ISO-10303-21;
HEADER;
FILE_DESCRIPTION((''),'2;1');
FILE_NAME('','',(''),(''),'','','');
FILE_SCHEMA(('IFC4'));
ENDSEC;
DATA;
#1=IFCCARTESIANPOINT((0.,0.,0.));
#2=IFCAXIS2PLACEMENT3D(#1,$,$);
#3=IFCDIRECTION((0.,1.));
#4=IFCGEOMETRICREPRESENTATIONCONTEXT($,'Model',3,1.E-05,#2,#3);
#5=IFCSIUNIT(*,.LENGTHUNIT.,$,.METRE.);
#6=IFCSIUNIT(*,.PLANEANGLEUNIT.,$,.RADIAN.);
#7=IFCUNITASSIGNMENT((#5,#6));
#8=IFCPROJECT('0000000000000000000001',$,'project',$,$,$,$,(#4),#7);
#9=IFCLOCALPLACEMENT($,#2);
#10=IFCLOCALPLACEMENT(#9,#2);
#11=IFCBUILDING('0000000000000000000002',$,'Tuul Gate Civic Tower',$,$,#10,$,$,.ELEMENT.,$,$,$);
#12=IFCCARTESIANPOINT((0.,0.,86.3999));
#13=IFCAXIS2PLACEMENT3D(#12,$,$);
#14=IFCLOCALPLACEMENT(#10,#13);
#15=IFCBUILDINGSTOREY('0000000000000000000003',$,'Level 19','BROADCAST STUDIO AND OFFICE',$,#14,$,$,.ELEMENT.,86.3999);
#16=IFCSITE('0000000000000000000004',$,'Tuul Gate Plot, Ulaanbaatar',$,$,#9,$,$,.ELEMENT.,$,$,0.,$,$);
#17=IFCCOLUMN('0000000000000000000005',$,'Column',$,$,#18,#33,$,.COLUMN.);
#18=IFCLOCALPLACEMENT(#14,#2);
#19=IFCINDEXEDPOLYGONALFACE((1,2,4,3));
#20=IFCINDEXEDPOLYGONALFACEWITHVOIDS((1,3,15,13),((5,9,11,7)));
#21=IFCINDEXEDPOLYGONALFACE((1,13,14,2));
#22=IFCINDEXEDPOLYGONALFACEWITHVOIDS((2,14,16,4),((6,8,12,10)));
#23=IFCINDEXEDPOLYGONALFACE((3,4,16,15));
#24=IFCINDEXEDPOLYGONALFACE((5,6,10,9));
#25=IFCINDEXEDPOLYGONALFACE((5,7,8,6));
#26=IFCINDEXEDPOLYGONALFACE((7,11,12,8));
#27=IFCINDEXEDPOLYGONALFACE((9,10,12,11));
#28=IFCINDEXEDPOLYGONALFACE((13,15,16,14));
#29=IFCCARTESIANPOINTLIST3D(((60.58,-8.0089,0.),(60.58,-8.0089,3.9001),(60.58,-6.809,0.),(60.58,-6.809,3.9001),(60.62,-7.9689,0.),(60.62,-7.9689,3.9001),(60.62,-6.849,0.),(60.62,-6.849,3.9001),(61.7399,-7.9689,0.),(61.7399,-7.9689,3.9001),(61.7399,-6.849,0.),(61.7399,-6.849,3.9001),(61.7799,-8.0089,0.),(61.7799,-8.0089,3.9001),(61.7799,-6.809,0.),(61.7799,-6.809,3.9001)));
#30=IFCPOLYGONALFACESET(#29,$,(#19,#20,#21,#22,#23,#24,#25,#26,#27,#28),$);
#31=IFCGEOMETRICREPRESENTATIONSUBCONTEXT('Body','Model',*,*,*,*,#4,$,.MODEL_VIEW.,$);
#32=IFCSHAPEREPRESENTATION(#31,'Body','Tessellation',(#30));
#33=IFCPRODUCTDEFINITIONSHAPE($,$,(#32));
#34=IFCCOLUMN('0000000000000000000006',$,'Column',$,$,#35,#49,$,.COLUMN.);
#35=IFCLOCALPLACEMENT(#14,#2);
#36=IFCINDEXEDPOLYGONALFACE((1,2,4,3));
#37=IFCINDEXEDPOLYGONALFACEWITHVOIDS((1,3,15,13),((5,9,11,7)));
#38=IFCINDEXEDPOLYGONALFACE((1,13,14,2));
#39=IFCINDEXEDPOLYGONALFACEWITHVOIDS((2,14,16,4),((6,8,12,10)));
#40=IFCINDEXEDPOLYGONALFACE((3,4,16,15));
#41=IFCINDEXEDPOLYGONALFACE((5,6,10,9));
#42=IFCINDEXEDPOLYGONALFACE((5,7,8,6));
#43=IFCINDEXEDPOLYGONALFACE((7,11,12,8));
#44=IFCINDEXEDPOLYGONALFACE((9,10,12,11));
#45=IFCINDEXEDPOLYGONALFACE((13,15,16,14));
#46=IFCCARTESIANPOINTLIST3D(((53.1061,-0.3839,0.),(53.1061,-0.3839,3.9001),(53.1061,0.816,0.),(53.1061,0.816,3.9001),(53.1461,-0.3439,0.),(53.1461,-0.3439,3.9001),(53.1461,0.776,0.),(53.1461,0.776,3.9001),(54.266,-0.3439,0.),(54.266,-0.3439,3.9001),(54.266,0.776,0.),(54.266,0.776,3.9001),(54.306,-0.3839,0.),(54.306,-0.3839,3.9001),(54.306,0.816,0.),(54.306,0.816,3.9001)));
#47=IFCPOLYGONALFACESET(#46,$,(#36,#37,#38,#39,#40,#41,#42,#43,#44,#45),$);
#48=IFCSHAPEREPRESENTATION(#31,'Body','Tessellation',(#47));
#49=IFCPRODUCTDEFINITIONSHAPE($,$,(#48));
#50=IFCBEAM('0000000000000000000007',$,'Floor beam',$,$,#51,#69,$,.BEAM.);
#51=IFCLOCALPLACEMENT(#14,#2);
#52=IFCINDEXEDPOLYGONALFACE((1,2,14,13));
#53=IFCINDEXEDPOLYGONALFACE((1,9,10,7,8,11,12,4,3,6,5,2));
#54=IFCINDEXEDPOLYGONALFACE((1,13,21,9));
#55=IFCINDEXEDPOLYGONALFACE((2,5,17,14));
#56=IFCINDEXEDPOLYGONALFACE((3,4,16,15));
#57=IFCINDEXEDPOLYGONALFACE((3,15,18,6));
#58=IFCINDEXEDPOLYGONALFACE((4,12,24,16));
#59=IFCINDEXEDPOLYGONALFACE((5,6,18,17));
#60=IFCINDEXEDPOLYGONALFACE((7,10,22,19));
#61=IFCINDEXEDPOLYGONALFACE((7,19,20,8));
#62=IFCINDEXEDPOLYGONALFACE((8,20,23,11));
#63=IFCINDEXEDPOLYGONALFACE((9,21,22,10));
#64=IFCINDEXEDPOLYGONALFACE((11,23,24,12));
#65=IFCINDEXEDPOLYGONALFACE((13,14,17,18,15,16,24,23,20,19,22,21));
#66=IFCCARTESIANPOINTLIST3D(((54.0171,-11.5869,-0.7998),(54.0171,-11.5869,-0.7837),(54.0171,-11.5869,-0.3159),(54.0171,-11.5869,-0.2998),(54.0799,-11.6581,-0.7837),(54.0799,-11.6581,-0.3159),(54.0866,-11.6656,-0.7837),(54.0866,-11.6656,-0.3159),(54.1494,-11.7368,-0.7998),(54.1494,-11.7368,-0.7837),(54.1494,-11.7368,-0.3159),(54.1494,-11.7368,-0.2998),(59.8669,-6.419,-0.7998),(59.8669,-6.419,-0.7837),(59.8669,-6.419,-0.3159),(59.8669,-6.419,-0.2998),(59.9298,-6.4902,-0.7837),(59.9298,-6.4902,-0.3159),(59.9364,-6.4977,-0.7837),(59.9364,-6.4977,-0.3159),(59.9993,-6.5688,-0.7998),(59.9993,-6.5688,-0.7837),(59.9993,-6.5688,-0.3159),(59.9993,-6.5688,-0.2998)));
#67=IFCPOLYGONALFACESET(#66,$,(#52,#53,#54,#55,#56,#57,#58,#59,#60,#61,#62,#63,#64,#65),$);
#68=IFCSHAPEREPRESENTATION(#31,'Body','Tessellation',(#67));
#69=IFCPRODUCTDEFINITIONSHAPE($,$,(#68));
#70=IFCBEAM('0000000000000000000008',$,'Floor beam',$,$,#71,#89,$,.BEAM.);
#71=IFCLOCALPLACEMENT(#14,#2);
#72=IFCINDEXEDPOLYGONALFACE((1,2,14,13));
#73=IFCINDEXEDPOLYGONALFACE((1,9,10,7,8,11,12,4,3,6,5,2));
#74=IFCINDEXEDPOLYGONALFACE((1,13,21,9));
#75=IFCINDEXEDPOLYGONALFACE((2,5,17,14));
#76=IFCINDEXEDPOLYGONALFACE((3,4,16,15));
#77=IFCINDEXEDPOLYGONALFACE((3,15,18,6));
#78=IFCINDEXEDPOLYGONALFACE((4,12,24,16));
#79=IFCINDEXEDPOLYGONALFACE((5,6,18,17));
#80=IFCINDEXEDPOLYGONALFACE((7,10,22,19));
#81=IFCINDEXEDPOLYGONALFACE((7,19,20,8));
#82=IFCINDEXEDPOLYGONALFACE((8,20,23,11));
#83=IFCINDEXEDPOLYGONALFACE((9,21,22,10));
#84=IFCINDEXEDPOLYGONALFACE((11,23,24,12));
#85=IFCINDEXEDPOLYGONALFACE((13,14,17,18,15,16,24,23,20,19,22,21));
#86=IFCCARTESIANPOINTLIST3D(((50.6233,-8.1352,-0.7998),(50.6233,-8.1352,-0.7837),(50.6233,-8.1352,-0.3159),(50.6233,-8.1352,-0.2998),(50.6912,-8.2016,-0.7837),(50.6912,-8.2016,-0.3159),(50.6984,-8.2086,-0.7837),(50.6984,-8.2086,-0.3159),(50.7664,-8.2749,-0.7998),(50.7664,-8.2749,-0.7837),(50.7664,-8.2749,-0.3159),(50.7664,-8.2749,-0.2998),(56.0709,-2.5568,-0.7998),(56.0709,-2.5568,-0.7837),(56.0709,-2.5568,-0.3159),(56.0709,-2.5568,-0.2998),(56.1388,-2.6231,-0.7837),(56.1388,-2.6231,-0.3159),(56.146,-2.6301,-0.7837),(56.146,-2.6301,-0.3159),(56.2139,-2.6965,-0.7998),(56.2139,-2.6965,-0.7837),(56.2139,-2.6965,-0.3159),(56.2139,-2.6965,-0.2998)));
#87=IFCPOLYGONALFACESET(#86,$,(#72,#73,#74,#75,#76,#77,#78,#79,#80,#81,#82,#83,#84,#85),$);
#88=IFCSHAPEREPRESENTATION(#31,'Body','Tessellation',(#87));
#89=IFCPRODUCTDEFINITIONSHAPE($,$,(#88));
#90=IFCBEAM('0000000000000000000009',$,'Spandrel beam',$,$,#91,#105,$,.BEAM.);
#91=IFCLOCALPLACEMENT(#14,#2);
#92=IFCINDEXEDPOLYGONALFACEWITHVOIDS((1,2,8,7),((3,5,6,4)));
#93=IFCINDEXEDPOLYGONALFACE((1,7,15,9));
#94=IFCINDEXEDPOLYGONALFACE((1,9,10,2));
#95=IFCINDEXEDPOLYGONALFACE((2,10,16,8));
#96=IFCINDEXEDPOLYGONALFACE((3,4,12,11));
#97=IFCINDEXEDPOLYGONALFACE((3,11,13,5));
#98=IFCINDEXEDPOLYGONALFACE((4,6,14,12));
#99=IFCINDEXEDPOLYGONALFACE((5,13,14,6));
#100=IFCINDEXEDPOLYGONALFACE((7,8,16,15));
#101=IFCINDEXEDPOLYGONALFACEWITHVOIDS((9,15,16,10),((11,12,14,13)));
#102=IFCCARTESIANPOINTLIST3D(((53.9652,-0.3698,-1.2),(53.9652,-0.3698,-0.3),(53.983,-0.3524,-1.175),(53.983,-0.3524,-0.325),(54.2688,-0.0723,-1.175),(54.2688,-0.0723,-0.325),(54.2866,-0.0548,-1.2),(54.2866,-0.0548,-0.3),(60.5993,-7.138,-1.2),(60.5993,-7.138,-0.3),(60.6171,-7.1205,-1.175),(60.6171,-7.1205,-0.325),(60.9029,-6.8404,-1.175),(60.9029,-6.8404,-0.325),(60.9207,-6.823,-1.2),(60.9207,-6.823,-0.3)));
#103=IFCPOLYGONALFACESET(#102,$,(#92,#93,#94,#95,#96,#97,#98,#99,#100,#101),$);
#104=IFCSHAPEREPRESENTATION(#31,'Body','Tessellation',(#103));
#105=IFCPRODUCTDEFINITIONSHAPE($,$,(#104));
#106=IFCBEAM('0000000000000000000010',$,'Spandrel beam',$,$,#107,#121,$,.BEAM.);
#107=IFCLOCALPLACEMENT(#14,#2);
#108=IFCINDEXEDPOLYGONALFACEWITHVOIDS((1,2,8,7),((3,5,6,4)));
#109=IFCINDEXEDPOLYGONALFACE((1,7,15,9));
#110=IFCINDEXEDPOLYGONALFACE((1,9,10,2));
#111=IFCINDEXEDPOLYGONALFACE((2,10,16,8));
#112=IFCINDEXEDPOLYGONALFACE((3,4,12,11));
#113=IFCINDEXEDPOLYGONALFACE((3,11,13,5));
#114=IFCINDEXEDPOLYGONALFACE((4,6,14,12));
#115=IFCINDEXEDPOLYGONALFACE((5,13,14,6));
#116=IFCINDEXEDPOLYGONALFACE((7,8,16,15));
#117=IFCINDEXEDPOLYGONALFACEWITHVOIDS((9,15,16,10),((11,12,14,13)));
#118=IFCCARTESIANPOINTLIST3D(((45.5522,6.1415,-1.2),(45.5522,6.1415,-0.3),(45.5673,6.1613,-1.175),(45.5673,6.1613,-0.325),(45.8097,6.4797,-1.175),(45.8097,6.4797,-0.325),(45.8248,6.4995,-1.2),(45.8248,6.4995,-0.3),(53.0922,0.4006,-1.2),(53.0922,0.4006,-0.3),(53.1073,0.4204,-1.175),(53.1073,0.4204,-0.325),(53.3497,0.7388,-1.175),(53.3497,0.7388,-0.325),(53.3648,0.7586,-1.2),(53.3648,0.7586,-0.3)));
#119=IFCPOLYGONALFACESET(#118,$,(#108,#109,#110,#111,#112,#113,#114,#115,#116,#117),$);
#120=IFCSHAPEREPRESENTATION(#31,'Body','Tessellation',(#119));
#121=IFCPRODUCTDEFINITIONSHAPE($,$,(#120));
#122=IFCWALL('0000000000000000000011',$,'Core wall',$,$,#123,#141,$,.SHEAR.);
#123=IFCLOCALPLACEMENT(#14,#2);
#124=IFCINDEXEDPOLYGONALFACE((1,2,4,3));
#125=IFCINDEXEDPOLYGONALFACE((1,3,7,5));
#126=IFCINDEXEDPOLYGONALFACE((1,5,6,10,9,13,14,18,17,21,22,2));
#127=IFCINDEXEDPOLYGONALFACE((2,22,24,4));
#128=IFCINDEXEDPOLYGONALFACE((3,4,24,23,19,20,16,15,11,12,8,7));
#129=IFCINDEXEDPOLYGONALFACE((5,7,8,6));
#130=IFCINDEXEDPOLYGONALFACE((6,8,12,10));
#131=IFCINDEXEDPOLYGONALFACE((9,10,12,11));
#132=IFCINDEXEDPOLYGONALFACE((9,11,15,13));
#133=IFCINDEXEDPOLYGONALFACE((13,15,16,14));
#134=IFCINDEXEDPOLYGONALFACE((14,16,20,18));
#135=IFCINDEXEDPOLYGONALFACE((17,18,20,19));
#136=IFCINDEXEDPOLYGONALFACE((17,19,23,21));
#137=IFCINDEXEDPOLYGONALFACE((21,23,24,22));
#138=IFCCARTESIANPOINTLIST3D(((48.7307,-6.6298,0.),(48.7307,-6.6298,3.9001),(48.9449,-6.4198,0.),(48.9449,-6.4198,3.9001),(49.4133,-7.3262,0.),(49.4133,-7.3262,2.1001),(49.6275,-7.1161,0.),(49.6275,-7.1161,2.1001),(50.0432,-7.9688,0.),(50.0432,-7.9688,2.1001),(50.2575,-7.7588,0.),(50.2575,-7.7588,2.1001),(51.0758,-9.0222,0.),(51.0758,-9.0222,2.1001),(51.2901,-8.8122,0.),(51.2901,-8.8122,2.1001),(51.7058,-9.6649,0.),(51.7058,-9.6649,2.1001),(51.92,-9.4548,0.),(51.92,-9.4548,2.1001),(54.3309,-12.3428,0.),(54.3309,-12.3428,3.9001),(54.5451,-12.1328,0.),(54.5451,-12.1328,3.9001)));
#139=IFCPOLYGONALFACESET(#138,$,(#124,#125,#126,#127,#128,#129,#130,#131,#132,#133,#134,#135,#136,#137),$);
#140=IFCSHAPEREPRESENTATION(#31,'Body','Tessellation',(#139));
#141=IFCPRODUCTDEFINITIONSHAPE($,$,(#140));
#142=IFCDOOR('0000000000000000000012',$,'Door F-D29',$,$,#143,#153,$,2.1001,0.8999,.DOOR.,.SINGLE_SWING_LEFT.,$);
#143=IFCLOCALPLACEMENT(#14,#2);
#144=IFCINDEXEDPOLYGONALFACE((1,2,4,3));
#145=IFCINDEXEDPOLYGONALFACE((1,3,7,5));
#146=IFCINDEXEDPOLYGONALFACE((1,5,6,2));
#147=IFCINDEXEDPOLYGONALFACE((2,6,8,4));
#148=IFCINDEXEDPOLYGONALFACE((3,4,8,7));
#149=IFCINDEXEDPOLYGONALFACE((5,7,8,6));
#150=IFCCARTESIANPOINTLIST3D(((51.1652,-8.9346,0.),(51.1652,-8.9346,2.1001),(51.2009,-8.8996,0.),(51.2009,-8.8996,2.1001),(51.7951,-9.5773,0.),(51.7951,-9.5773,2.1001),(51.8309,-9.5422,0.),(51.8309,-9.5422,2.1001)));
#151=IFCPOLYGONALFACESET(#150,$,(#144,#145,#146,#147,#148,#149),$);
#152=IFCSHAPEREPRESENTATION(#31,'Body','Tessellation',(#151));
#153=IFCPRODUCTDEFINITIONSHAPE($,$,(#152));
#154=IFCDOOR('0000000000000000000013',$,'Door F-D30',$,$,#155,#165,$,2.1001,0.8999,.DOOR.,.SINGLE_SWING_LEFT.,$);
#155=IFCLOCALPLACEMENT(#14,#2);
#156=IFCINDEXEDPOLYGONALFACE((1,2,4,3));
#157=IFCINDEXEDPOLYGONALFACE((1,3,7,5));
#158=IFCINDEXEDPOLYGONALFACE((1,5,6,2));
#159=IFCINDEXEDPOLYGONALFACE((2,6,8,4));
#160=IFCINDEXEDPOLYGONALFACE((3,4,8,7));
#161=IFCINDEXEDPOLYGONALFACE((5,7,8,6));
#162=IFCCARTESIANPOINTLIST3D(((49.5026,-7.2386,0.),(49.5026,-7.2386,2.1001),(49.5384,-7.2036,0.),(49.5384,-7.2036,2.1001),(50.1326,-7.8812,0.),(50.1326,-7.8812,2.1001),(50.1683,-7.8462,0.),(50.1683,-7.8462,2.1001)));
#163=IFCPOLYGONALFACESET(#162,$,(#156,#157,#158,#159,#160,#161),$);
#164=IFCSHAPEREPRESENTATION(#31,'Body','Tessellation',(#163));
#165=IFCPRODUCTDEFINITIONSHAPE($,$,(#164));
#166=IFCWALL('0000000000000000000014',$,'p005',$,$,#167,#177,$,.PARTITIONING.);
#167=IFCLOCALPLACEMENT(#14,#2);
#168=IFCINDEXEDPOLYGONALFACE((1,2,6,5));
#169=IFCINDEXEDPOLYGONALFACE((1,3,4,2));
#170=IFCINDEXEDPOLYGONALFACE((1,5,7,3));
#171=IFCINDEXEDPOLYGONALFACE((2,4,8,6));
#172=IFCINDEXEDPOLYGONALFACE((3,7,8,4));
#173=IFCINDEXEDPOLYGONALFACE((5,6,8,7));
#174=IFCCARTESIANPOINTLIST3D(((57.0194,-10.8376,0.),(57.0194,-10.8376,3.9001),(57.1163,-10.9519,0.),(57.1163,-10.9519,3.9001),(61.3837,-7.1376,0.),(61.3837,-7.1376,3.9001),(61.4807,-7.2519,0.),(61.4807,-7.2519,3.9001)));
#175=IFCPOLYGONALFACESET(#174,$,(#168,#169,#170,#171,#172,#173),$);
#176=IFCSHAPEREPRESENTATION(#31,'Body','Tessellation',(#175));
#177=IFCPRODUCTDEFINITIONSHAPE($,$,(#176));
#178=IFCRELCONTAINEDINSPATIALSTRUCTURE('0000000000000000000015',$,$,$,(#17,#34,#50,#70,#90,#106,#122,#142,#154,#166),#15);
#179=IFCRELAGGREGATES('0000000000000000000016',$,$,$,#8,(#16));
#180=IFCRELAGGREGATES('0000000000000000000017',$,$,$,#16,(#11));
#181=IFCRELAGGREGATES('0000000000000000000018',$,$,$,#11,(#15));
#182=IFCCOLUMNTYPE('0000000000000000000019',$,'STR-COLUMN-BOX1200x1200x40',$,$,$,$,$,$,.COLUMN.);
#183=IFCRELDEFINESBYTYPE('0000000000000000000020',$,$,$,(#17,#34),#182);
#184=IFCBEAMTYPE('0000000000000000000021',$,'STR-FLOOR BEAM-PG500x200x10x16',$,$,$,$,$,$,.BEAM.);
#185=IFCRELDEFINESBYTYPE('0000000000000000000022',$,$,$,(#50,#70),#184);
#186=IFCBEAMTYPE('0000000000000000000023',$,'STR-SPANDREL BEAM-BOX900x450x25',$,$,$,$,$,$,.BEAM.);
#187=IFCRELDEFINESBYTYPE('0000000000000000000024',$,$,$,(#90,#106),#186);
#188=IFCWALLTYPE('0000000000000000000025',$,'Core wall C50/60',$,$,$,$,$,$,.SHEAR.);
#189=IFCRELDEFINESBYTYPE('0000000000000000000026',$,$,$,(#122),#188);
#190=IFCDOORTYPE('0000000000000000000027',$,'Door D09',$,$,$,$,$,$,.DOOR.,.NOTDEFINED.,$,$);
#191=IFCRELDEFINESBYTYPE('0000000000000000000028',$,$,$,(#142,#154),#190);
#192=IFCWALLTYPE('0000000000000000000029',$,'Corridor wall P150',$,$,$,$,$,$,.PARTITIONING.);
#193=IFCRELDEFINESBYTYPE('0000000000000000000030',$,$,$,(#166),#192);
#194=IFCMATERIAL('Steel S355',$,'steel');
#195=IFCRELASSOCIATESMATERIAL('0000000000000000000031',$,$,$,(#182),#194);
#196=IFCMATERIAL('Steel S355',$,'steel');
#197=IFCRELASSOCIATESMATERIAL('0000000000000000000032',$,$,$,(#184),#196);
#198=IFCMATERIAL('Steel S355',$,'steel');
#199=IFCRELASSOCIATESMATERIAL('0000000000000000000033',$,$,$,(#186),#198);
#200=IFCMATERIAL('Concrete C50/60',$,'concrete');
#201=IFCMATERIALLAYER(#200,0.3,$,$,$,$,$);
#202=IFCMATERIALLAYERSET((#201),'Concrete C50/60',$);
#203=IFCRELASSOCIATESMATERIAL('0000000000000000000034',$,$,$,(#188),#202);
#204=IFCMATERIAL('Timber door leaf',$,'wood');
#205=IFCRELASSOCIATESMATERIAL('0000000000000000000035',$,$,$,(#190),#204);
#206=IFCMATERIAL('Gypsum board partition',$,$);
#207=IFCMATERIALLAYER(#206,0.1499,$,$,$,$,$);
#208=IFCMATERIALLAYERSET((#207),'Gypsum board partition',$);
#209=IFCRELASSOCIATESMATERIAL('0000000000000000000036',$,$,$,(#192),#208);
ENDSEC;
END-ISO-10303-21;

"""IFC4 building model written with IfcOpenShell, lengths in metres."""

from ifc_helpers import new_model, si_unit, direction, frame, frame_2d, origin, origin_2d, place, context, subcontext, project, spatial, rectangle, hollow_rectangle, i_section, extrude, material, layer, layer_set, material_profile, profile_set, type_object, element, fill, save


model = new_model("IFC4")

# Units and contexts
model_context = context("Model", 3, precision=1e-05, world=origin(), true_north=direction((0.0, 1.0)))
body_context = subcontext(model_context, "Body", "Model", "MODEL_VIEW")
ifc_project = project(units=[si_unit("LENGTHUNIT", "METRE"), si_unit("PLANEANGLEUNIT", "RADIAN")], contexts=[model_context])

# Site, building, storey
site_placement = place(None, origin())
site = spatial("IfcSite", under=ifc_project, at=site_placement, Name="Tuul Gate Plot, Ulaanbaatar", CompositionType="ELEMENT", RefElevation=0.0)
building_placement = place(site_placement, origin())
building = spatial("IfcBuilding", under=site, at=building_placement, Name="Tuul Gate Civic Tower", CompositionType="ELEMENT")
storey_placement = place(building_placement, frame((0.0, 0.0, 86.3999)))
storey = spatial("IfcBuildingStorey", under=building, at=storey_placement, Name="Level 19", Description="BROADCAST STUDIO AND OFFICE", CompositionType="ELEMENT", Elevation=86.3999)

# Columns
ifc_material_1 = material(Name="Steel S355", Category="steel")
ifc_material_profile_1 = material_profile(ifc_material_1, hollow_rectangle(XDim=1.2, YDim=1.2, WallThickness=0.04, at=origin_2d()), Name="BOX1200x1200x40")
ifc_profile_set_1 = profile_set([ifc_material_profile_1], Name="Steel S355")
column_type = type_object("IfcColumnType", Name="STR-COLUMN-BOX1200x1200x40", PredefinedType="COLUMN", material=ifc_profile_set_1)
for number, where, z_axis, x_axis, name in (
    (1, (61.1799, -7.4089, 0.0), (0.0, 0.0, 1.0), (1.0, 0.0, 0.0), "Column"),
    (2, (53.7061, 0.2161, 0.0), (0.0, 0.0, 1.0), (1.0, 0.0, 0.0), "Column"),
):
    element("IfcColumn", number, at=place(storey_placement, frame(where, z_axis=z_axis, x_axis=x_axis)), inside=storey, type_object=column_type, Name=name, PredefinedType="COLUMN", context=body_context, shape_type="SweptSolid", body=[
        extrude(hollow_rectangle(XDim=1.2, YDim=1.2, WallThickness=0.04, at=origin_2d()), origin(), (0.0, 0.0, 1.0), 3.9001),
    ])

# Beams
ifc_material_2 = material(Name="Steel S355", Category="steel")
ifc_material_profile_2 = material_profile(ifc_material_2, i_section(OverallWidth=0.2, OverallDepth=0.5, WebThickness=0.01, FlangeThickness=0.0161, at=origin_2d()), Name="PG500x200x10x16")
ifc_profile_set_2 = profile_set([ifc_material_profile_2], Name="Steel S355")
beam_type_1 = type_object("IfcBeamType", Name="STR-FLOOR BEAM-PG500x200x10x16", PredefinedType="BEAM", material=ifc_profile_set_2)
beam_1_placement = place(storey_placement, frame((54.0833, -11.6619, -0.5498), z_axis=(0.749435, 0.662078, 0.0), x_axis=(-0.662078, 0.749435, 0.0)))
element("IfcBeam", 3, at=beam_1_placement, inside=storey, type_object=beam_type_1, Name="Floor beam", PredefinedType="BEAM", context=body_context, shape_type="SweptSolid", body=[
    extrude(i_section(OverallWidth=0.2, OverallDepth=0.5, WebThickness=0.01, FlangeThickness=0.0161, at=origin_2d()), origin(), (0.0, 0.0, 1.0), 7.8057),
])
beam_2_placement = place(storey_placement, frame((50.6948, -8.2051, -0.5498), z_axis=(0.698665, 0.715449, 0.0), x_axis=(-0.715449, 0.698665, 0.0)))
element("IfcBeam", 4, at=beam_2_placement, inside=storey, type_object=beam_type_1, Name="Floor beam", PredefinedType="BEAM", context=body_context, shape_type="SweptSolid", body=[
    extrude(i_section(OverallWidth=0.2, OverallDepth=0.5, WebThickness=0.01, FlangeThickness=0.0161, at=origin_2d()), origin(), (0.0, 0.0, 1.0), 7.7971),
])
ifc_material_3 = material(Name="Steel S355", Category="steel")
ifc_material_profile_3 = material_profile(ifc_material_3, hollow_rectangle(XDim=0.45, YDim=0.8999, WallThickness=0.0249, at=origin_2d()), Name="BOX900x450x25")
ifc_profile_set_3 = profile_set([ifc_material_profile_3], Name="Steel S355")
beam_type_2 = type_object("IfcBeamType", Name="STR-SPANDREL BEAM-BOX900x450x25", PredefinedType="BEAM", material=ifc_profile_set_3)
beam_3_placement = place(storey_placement, frame((60.76, -6.9805, -0.75), z_axis=(-0.7, 0.714143, 0.0), x_axis=(-0.714143, -0.7, 0.0)))
element("IfcBeam", 5, at=beam_3_placement, inside=storey, type_object=beam_type_2, Name="Spandrel beam", PredefinedType="BEAM", context=body_context, shape_type="SweptSolid", body=[
    extrude(hollow_rectangle(XDim=0.45, YDim=0.8999, WallThickness=0.0249, at=origin_2d()), origin(), (0.0, 0.0, 1.0), 9.4773),
])
beam_4_placement = place(storey_placement, frame((53.2285, 0.5796, -0.75), z_axis=(-0.795626, 0.605788, 0.0), x_axis=(-0.605788, -0.795626, 0.0)))
element("IfcBeam", 6, at=beam_4_placement, inside=storey, type_object=beam_type_2, Name="Spandrel beam", PredefinedType="BEAM", context=body_context, shape_type="SweptSolid", body=[
    extrude(hollow_rectangle(XDim=0.45, YDim=0.8999, WallThickness=0.0249, at=origin_2d()), origin(), (0.0, 0.0, 1.0), 9.4768),
])

# Wall, openings, doors
ifc_material_4 = material(Name="Concrete C50/60", Category="concrete")
ifc_layer_1 = layer(ifc_material_4, 0.3)
ifc_layer_set_1 = layer_set([ifc_layer_1], Name="Concrete C50/60")
wall_type_1 = type_object("IfcWallType", Name="Core wall C50/60", PredefinedType="SHEAR", material=ifc_layer_set_1)
wall_1_placement = place(storey_placement, frame((54.438, -12.2378, 0.0), z_axis=(0.0, 0.0, 1.0), x_axis=(-0.700022, 0.714121, 0.0)))
wall_1 = element("IfcWall", 7, at=wall_1_placement, inside=storey, type_object=wall_type_1, Name="Core wall", PredefinedType="SHEAR", context=body_context, shape_type="SweptSolid", body=[
    extrude(rectangle(XDim=8.0, YDim=0.3, at=frame_2d((4.0, 0.0))), origin(), (0.0, 0.0, 1.0), 3.9001),
])
opening_1_placement = place(wall_1_placement, frame((3.75, 0.0, 0.0)))
opening_1 = element("IfcOpeningElement", 8, at=opening_1_placement, cuts=wall_1, PredefinedType="OPENING", context=body_context, shape_type="SweptSolid", body=[
    extrude(rectangle(XDim=0.8999, YDim=2.1001, at=frame_2d((0.45, 1.05))), frame((0.0, 0.1602, 0.0), z_axis=(0.0, -1.0, 0.0), x_axis=(1.0, 0.0, 0.0)), (0.0, 0.0, 1.0), 0.3201),
])
opening_2_placement = place(wall_1_placement, frame((6.125, 0.0, 0.0)))
opening_2 = element("IfcOpeningElement", 9, at=opening_2_placement, cuts=wall_1, PredefinedType="OPENING", context=body_context, shape_type="SweptSolid", body=[
    extrude(rectangle(XDim=0.8999, YDim=2.1001, at=frame_2d((0.45, 1.05))), frame((0.0, 0.1602, 0.0), z_axis=(0.0, -1.0, 0.0), x_axis=(1.0, 0.0, 0.0)), (0.0, 0.0, 1.0), 0.3201),
])
ifc_material_5 = material(Name="Timber door leaf", Category="wood")
door_type_1 = type_object("IfcDoorType", Name="Door D09", OperationType="NOTDEFINED", PredefinedType="DOOR", material=ifc_material_5)
door_1_placement = place(opening_1_placement, origin())
door_1 = element("IfcDoor", 10, at=door_1_placement, inside=storey, type_object=door_type_1, Name="Door F-D29", OperationType="SINGLE_SWING_LEFT", OverallHeight=2.1001, OverallWidth=0.8999, PredefinedType="DOOR", context=body_context, shape_type="SweptSolid", body=[
    extrude(rectangle(XDim=0.8999, YDim=2.1001, at=frame_2d((0.45, 1.05))), frame((0.0, 0.0249, 0.0), z_axis=(0.0, -1.0, 0.0), x_axis=(1.0, 0.0, 0.0)), (0.0, 0.0, 1.0), 0.05),
])
fill(opening_1, door_1)
door_2_placement = place(opening_2_placement, origin())
door_2 = element("IfcDoor", 11, at=door_2_placement, inside=storey, type_object=door_type_1, Name="Door F-D30", OperationType="SINGLE_SWING_LEFT", OverallHeight=2.1001, OverallWidth=0.8999, PredefinedType="DOOR", context=body_context, shape_type="SweptSolid", body=[
    extrude(rectangle(XDim=0.8999, YDim=2.1001, at=frame_2d((0.45, 1.05))), frame((0.0, 0.0249, 0.0), z_axis=(0.0, -1.0, 0.0), x_axis=(1.0, 0.0, 0.0)), (0.0, 0.0, 1.0), 0.05),
])
fill(opening_2, door_2)

# Wall
ifc_material_6 = material(Name="Gypsum board partition")
ifc_layer_2 = layer(ifc_material_6, 0.1499)
ifc_layer_set_2 = layer_set([ifc_layer_2], Name="Gypsum board partition")
wall_type_2 = type_object("IfcWallType", Name="Corridor wall P150", PredefinedType="PARTITIONING", material=ifc_layer_set_2)
wall_2_placement = place(storey_placement, frame((57.0679, -10.8948, 0.0), z_axis=(0.0, 0.0, 1.0), x_axis=(0.762773, 0.646667, 0.0)))
element("IfcWall", 12, at=wall_2_placement, inside=storey, type_object=wall_type_2, Name="p005", PredefinedType="PARTITIONING", context=body_context, shape_type="SweptSolid", body=[
    extrude(rectangle(XDim=5.7217, YDim=0.1499, at=frame_2d((2.8608, 0.0))), origin(), (0.0, 0.0, 1.0), 3.9001),
])

save(model, "model.ifc")
